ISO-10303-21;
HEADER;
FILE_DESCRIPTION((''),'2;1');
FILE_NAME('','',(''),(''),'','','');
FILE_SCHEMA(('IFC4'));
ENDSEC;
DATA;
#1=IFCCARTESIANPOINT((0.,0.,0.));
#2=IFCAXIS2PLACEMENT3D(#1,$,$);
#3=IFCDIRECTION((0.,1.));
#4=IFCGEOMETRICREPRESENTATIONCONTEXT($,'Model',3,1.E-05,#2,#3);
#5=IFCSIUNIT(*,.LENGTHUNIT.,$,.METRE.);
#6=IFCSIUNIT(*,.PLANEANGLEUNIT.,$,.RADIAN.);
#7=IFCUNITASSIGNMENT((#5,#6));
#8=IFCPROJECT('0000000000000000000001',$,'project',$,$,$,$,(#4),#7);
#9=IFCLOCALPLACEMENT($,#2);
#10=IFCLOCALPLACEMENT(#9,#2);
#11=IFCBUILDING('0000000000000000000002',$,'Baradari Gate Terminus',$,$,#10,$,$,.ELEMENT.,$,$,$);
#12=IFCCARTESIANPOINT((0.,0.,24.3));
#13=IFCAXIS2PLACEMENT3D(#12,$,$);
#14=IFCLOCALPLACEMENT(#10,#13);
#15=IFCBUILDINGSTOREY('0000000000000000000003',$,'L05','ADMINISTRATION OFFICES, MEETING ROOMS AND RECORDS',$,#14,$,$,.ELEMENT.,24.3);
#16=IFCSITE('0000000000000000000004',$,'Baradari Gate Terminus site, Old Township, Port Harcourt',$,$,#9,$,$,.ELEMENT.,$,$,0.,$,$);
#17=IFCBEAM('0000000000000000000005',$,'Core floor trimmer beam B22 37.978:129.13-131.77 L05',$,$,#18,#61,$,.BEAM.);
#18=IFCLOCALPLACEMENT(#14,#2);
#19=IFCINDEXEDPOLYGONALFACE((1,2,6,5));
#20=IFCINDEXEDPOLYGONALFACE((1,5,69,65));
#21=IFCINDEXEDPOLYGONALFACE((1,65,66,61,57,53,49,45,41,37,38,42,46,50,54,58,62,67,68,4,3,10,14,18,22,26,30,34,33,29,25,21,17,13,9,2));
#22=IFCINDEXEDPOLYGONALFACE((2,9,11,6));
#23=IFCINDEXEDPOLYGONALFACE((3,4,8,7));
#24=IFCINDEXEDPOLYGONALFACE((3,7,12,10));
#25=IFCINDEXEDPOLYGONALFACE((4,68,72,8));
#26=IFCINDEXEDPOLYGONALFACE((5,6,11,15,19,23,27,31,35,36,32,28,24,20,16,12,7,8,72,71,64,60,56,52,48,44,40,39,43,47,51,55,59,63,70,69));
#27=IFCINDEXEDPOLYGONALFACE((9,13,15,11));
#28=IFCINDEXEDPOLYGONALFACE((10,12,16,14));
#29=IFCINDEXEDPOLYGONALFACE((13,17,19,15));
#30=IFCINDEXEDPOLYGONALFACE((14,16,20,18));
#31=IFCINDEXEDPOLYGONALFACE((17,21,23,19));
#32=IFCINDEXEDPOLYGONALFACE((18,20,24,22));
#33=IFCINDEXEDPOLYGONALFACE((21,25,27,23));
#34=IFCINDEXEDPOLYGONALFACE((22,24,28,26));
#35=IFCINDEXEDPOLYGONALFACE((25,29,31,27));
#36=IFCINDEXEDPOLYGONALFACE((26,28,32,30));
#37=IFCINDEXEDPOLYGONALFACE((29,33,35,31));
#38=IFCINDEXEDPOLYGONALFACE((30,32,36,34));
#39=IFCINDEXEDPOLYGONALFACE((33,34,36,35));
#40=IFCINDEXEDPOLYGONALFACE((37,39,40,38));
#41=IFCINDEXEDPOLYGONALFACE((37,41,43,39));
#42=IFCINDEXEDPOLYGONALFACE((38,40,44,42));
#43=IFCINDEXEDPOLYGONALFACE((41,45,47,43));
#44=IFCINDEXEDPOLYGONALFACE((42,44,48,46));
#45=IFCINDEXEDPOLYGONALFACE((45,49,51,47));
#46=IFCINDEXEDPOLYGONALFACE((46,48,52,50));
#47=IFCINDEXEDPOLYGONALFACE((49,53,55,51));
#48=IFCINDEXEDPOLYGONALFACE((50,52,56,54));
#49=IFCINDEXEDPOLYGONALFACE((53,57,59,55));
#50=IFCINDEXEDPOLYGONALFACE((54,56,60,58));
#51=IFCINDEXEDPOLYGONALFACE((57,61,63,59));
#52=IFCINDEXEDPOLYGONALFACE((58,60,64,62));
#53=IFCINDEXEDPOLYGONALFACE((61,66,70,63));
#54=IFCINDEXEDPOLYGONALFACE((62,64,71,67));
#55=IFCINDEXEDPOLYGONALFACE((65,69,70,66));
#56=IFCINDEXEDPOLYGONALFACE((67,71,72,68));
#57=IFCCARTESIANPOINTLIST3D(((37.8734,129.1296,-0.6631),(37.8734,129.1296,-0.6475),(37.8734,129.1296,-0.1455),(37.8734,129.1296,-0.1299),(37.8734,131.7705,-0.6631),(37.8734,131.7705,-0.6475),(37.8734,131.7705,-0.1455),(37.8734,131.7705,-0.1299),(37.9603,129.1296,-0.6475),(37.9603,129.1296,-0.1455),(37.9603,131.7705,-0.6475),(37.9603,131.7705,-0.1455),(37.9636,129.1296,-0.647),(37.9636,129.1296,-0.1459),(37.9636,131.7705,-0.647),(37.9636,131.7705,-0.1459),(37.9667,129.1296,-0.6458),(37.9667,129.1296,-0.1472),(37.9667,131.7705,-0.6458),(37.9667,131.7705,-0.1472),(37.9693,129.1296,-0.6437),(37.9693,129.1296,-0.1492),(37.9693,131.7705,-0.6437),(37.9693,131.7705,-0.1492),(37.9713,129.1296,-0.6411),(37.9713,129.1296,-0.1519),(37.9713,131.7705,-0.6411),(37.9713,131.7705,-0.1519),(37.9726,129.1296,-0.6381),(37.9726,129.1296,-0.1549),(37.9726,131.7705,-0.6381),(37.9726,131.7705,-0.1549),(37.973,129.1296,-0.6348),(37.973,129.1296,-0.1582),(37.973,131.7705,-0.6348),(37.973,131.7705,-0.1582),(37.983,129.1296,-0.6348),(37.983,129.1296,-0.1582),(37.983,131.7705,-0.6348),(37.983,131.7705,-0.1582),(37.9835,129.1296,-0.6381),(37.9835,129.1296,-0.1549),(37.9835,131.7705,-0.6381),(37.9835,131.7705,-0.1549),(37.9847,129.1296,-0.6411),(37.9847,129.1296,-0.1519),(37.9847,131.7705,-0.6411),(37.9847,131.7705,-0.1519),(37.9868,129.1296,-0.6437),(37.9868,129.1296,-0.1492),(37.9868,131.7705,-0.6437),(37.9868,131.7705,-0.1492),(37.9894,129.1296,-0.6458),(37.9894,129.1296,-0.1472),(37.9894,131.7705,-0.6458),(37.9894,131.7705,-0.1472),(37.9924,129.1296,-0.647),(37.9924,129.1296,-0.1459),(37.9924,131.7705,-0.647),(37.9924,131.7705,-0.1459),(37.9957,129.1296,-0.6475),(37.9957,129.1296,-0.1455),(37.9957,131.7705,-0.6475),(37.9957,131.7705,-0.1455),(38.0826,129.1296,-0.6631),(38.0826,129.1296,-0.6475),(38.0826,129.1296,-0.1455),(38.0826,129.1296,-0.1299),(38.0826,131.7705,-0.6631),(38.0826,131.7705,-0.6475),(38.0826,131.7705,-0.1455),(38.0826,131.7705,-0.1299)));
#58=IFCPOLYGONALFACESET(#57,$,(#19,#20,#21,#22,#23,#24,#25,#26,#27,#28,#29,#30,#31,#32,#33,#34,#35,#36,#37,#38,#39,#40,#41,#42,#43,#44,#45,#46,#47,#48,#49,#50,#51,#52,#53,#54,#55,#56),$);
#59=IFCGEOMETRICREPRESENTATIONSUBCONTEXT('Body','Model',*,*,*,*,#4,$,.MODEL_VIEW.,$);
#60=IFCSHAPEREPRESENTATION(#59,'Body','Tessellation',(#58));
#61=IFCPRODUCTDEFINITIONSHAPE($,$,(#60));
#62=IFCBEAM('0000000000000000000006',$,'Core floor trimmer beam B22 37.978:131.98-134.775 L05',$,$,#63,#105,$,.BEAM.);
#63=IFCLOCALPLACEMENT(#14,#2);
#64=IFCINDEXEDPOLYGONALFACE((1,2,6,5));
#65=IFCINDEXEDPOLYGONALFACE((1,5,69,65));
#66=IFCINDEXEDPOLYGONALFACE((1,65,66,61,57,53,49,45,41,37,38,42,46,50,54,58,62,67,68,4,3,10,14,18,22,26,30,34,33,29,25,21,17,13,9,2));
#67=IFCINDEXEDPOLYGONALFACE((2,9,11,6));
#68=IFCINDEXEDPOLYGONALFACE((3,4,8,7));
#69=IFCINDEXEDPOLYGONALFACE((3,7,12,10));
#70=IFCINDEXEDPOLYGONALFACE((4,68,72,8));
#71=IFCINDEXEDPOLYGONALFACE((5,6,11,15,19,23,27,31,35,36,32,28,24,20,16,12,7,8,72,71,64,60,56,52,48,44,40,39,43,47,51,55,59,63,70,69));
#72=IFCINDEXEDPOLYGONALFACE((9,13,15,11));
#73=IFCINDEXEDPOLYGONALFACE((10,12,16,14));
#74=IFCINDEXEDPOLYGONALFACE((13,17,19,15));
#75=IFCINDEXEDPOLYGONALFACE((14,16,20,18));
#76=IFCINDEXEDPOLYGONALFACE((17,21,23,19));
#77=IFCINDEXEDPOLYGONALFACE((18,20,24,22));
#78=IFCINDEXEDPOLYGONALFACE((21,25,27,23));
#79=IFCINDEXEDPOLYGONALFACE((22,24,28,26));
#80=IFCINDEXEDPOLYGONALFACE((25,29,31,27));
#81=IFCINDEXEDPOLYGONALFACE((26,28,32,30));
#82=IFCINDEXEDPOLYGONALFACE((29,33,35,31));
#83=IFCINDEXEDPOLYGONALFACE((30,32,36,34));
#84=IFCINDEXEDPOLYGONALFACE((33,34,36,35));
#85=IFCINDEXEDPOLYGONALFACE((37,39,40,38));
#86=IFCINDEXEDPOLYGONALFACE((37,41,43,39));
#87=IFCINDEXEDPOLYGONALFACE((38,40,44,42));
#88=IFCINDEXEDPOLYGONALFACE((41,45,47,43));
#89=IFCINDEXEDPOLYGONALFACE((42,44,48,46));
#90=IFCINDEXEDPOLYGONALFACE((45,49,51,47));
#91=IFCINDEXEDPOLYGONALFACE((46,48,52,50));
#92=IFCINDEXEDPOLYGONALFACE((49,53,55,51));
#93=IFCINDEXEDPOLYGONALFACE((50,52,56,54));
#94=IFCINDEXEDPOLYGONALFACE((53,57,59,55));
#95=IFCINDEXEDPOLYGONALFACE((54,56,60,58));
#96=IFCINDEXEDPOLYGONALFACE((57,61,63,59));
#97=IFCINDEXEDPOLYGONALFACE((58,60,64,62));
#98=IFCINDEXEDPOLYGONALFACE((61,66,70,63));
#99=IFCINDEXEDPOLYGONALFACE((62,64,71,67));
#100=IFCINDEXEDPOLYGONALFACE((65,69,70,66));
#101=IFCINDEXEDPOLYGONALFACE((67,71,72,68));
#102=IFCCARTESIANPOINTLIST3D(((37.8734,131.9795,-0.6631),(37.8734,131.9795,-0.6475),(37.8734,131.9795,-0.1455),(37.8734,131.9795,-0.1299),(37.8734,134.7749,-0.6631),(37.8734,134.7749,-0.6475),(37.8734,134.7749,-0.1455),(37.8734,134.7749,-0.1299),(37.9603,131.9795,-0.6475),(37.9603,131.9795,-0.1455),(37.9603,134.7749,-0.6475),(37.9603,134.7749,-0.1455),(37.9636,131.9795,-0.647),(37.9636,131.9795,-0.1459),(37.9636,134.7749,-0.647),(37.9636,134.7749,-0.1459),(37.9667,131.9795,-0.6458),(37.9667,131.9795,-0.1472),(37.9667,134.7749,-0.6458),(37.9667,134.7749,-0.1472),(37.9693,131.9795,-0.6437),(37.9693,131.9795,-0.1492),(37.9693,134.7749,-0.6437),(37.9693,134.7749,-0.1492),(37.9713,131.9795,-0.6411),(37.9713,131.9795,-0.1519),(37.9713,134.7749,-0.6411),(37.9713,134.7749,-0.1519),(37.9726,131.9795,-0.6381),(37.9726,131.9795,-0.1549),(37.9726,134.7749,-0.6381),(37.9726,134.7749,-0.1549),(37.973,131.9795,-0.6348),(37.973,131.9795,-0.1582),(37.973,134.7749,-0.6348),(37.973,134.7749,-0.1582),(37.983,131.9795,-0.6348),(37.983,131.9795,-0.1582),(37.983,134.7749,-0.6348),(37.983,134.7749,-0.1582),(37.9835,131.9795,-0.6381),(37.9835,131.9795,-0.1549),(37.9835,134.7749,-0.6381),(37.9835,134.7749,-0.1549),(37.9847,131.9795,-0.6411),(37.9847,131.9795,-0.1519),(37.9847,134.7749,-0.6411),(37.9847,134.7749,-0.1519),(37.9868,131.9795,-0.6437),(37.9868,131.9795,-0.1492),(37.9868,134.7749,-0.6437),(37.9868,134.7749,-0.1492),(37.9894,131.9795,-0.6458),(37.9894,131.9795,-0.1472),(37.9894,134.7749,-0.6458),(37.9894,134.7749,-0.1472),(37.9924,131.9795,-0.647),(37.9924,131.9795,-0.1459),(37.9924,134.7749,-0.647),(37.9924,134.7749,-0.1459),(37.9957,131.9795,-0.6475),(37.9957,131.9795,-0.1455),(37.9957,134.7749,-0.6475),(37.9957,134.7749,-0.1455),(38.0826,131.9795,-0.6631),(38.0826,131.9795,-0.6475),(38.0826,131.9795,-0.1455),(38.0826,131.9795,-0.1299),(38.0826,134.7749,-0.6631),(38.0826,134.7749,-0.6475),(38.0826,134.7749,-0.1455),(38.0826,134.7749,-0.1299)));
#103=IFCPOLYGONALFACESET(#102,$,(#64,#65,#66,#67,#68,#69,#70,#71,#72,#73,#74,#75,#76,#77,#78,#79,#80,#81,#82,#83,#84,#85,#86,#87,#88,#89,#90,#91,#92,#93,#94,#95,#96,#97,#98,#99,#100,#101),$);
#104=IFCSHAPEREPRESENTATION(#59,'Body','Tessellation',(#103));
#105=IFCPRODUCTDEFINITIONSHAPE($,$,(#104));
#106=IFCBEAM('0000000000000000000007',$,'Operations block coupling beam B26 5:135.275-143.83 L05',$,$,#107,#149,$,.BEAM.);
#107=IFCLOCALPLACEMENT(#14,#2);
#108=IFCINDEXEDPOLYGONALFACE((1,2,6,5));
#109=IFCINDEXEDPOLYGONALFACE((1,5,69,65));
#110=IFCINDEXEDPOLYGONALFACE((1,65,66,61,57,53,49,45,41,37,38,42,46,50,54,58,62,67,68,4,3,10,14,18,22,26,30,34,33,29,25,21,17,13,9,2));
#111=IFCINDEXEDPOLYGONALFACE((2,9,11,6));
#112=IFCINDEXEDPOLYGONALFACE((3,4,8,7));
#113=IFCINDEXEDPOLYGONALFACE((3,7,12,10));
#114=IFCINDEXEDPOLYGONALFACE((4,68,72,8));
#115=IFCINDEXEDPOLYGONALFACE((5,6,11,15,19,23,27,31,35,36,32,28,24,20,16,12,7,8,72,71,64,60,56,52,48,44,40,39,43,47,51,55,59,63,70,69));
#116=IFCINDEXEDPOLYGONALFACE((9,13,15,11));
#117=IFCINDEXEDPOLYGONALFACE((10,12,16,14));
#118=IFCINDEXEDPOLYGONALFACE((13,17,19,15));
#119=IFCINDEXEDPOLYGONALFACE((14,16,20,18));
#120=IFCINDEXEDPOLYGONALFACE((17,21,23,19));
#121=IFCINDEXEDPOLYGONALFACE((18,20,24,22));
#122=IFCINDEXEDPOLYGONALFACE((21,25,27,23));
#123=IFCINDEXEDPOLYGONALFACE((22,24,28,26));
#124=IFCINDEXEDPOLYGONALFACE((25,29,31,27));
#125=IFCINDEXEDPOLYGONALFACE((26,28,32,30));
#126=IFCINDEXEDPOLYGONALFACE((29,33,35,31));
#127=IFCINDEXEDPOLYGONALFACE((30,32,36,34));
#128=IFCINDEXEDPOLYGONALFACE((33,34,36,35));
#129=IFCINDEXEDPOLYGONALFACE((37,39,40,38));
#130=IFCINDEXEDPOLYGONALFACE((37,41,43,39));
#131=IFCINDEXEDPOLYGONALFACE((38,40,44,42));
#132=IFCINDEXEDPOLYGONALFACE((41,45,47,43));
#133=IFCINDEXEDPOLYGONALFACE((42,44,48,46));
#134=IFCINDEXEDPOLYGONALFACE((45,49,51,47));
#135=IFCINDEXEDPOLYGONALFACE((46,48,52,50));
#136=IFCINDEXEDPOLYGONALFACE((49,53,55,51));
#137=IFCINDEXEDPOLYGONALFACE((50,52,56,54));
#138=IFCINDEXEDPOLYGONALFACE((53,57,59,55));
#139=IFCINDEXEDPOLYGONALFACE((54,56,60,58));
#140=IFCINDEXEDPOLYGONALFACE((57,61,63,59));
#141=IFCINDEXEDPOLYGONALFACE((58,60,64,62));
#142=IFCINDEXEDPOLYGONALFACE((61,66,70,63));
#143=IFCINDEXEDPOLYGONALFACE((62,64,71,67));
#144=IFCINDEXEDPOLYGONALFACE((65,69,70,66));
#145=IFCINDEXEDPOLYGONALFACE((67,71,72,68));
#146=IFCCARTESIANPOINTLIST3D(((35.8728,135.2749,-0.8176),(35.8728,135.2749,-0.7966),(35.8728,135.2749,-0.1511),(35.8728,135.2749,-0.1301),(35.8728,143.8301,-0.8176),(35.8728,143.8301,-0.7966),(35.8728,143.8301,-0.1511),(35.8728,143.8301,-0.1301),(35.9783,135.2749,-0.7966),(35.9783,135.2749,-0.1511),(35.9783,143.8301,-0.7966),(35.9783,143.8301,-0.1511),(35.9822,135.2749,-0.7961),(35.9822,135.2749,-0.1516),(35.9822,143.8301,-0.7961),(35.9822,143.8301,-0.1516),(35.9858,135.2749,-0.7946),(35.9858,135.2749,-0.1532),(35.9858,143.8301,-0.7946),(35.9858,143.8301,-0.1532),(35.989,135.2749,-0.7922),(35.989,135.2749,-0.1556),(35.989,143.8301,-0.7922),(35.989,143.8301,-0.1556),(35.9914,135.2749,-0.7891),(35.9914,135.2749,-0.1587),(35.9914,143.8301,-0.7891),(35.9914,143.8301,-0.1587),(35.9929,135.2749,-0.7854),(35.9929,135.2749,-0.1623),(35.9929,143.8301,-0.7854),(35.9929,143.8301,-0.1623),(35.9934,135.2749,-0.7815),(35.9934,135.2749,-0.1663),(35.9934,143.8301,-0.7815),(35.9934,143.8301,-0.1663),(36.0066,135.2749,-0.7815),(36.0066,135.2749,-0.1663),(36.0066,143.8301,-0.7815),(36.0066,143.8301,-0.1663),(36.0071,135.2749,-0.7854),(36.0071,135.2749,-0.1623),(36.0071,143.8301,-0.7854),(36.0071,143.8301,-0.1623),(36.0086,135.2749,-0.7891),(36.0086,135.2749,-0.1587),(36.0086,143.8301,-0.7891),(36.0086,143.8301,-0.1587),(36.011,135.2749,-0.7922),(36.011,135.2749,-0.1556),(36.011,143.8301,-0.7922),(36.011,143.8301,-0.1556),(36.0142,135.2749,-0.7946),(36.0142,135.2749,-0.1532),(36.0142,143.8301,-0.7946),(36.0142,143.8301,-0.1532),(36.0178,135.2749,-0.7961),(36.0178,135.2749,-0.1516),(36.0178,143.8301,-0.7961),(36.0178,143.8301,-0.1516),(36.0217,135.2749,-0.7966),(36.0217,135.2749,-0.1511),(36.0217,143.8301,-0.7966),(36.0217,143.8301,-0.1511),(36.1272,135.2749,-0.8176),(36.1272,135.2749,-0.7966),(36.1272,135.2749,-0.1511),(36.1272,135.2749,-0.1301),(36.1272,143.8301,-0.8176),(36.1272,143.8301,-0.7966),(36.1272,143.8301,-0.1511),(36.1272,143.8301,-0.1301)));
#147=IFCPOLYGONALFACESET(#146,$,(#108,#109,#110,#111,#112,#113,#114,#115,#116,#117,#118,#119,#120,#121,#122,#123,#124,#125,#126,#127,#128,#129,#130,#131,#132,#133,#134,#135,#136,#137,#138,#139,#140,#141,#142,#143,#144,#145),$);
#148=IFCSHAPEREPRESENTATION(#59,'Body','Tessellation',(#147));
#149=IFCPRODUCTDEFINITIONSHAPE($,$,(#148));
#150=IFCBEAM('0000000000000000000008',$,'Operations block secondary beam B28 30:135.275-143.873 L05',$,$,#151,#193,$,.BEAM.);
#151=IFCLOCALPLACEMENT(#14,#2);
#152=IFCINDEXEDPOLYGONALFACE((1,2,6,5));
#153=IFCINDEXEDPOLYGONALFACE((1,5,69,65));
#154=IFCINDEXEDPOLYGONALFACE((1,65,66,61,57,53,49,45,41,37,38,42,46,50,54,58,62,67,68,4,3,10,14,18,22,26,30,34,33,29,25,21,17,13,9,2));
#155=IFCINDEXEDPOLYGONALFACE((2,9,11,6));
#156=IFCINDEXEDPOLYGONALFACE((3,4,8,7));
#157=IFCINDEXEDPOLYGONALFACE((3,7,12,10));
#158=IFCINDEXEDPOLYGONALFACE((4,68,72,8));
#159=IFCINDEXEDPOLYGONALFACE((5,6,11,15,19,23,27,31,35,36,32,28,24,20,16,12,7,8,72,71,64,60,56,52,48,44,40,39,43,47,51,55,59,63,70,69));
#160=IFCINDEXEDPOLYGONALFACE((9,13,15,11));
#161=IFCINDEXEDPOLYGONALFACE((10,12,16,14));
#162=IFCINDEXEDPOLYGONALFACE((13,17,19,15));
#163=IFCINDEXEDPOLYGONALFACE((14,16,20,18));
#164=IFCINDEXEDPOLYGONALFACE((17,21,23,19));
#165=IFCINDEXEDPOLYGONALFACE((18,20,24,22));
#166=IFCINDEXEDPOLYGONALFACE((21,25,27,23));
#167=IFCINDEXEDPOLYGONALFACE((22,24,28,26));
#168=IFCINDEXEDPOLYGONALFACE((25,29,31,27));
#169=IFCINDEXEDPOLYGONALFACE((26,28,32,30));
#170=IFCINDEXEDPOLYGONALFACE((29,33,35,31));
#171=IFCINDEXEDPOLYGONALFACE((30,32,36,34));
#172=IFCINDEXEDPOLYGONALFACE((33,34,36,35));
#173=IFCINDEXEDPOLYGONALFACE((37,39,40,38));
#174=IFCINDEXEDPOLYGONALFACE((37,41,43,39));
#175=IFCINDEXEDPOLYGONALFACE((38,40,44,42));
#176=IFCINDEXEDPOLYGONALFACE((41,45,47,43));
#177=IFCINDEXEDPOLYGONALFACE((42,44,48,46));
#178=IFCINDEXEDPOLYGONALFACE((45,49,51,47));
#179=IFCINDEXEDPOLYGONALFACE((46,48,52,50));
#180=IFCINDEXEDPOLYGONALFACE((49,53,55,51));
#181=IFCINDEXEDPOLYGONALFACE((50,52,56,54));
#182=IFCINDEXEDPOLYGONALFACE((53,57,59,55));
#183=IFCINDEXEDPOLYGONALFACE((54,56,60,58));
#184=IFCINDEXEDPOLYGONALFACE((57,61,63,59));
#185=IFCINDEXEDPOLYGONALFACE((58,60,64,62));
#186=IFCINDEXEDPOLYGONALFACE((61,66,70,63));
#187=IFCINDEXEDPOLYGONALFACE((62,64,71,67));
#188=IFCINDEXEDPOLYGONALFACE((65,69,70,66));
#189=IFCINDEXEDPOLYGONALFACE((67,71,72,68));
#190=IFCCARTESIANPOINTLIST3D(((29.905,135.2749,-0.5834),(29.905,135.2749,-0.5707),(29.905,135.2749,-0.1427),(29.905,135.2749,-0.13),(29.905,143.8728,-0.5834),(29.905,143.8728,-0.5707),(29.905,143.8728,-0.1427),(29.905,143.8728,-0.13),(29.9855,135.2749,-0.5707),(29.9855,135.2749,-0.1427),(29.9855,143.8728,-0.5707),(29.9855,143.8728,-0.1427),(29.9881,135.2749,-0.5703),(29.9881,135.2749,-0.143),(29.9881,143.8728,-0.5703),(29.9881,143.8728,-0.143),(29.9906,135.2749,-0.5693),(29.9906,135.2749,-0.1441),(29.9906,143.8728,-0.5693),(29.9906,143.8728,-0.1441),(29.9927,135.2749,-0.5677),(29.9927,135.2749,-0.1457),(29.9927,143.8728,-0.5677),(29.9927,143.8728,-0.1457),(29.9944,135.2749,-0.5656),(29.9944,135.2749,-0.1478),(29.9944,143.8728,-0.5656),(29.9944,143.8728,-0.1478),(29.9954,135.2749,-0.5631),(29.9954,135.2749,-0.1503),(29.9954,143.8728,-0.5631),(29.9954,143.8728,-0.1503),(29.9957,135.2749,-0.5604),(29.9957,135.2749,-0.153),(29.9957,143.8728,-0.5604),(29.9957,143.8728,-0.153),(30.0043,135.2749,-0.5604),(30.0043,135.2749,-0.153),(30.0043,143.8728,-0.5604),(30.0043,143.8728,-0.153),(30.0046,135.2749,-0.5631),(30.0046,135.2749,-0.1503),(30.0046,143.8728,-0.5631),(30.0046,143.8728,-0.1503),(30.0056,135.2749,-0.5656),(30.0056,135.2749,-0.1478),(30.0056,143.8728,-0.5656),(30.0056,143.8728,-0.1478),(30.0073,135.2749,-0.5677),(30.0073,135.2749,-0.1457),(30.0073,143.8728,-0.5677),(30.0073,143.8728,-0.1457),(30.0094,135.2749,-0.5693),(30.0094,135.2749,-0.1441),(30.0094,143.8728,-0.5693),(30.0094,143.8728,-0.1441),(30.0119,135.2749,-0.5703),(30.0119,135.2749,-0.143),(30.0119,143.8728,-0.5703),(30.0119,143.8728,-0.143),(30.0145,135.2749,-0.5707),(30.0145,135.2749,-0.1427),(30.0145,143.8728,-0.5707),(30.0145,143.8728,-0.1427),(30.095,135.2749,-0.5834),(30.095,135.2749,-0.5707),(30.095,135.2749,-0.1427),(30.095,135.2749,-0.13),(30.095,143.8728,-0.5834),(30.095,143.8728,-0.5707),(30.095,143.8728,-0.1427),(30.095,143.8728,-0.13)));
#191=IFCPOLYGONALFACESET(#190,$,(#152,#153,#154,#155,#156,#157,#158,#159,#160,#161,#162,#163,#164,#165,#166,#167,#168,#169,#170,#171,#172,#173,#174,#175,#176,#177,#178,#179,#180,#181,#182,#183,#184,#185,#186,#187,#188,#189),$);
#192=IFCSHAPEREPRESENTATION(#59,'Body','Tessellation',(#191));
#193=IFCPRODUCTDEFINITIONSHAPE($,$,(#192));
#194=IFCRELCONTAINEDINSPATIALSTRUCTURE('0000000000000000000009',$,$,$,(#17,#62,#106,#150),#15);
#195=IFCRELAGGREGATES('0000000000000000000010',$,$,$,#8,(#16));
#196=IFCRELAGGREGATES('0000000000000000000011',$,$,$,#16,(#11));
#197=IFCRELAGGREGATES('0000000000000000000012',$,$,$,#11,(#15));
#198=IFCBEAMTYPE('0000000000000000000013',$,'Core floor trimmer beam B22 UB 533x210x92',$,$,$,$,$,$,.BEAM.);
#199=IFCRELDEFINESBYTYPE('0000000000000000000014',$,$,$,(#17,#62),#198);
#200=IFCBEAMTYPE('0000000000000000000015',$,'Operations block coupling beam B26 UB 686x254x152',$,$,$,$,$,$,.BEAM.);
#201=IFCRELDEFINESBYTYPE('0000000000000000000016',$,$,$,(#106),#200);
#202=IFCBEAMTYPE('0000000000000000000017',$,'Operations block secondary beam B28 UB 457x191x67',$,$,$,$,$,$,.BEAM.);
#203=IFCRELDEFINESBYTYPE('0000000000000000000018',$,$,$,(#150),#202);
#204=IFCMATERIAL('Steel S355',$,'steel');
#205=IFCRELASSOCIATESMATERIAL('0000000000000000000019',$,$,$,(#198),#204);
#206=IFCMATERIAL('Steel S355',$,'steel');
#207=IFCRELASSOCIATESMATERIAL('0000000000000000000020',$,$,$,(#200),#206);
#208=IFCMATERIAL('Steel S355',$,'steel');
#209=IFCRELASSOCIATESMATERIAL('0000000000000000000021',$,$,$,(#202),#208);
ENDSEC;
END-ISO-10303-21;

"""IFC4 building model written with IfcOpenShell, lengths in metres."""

from ifc_helpers import new_model, si_unit, direction, frame, origin, origin_2d, place, context, subcontext, project, spatial, i_section, extrude, material, material_profile, profile_set, type_object, element, save


model = new_model("IFC4")

# Units and contexts
model_context = context("Model", 3, precision=1e-05, world=origin(), true_north=direction((0.0, 1.0)))
body_context = subcontext(model_context, "Body", "Model", "MODEL_VIEW")
ifc_project = project(units=[si_unit("LENGTHUNIT", "METRE"), si_unit("PLANEANGLEUNIT", "RADIAN")], contexts=[model_context])

# Site, building, storey
site_placement = place(None, origin())
site = spatial("IfcSite", under=ifc_project, at=site_placement, Name="Baradari Gate Terminus site, Old Township, Port Harcourt", CompositionType="ELEMENT", RefElevation=0.0)
building_placement = place(site_placement, origin())
building = spatial("IfcBuilding", under=site, at=building_placement, Name="Baradari Gate Terminus", CompositionType="ELEMENT")
storey_placement = place(building_placement, frame((0.0, 0.0, 24.3)))
storey = spatial("IfcBuildingStorey", under=building, at=storey_placement, Name="L05", Description="ADMINISTRATION OFFICES, MEETING ROOMS AND RECORDS", CompositionType="ELEMENT", Elevation=24.3)

# Beams
ifc_material_1 = material(Name="Steel S355", Category="steel")
ifc_material_profile_1 = material_profile(ifc_material_1, i_section(OverallWidth=0.2092, OverallDepth=0.5332, WebThickness=0.01, FlangeThickness=0.0156, FilletRadius=0.0127, at=origin_2d()), Name="UB 533x210x92")
ifc_profile_set_1 = profile_set([ifc_material_profile_1], Name="Steel S355")
beam_type_1 = type_object("IfcBeamType", Name="Core floor trimmer beam B22 UB 533x210x92", PredefinedType="BEAM", material=ifc_profile_set_1)
beam_1_placement = place(storey_placement, frame((37.978, 129.1296, -0.3965), z_axis=(0.0, 1.0, 0.0), x_axis=(-1.0, 0.0, 0.0)))
element("IfcBeam", 1, at=beam_1_placement, inside=storey, type_object=beam_type_1, Name="Core floor trimmer beam B22 37.978:129.13-131.77 L05", PredefinedType="BEAM", context=body_context, shape_type="SweptSolid", body=[
    extrude(i_section(OverallWidth=0.2092, OverallDepth=0.5332, WebThickness=0.01, FlangeThickness=0.0156, FilletRadius=0.0127, at=origin_2d()), origin(), (0.0, 0.0, 1.0), 2.6409),
])
beam_2_placement = place(storey_placement, frame((37.978, 131.9795, -0.3965), z_axis=(0.0, 1.0, 0.0), x_axis=(-1.0, 0.0, 0.0)))
element("IfcBeam", 2, at=beam_2_placement, inside=storey, type_object=beam_type_1, Name="Core floor trimmer beam B22 37.978:131.98-134.775 L05", PredefinedType="BEAM", context=body_context, shape_type="SweptSolid", body=[
    extrude(i_section(OverallWidth=0.2092, OverallDepth=0.5332, WebThickness=0.01, FlangeThickness=0.0156, FilletRadius=0.0127, at=origin_2d()), origin(), (0.0, 0.0, 1.0), 2.7954),
])
ifc_material_2 = material(Name="Steel S355", Category="steel")
ifc_material_profile_2 = material_profile(ifc_material_2, i_section(OverallWidth=0.2544, OverallDepth=0.6875, WebThickness=0.0132, FlangeThickness=0.021, FilletRadius=0.0151, at=origin_2d()), Name="UB 686x254x152")
ifc_profile_set_2 = profile_set([ifc_material_profile_2], Name="Steel S355")
beam_type_2 = type_object("IfcBeamType", Name="Operations block coupling beam B26 UB 686x254x152", PredefinedType="BEAM", material=ifc_profile_set_2)
beam_3_placement = place(storey_placement, frame((36.0, 135.2749, -0.4739), z_axis=(0.0, 1.0, 0.0), x_axis=(-1.0, 0.0, 0.0)))
element("IfcBeam", 3, at=beam_3_placement, inside=storey, type_object=beam_type_2, Name="Operations block coupling beam B26 5:135.275-143.83 L05", PredefinedType="BEAM", context=body_context, shape_type="SweptSolid", body=[
    extrude(i_section(OverallWidth=0.2544, OverallDepth=0.6875, WebThickness=0.0132, FlangeThickness=0.021, FilletRadius=0.0151, at=origin_2d()), origin(), (0.0, 0.0, 1.0), 8.5552),
])
ifc_material_3 = material(Name="Steel S355", Category="steel")
ifc_material_profile_3 = material_profile(ifc_material_3, i_section(OverallWidth=0.1899, OverallDepth=0.4534, WebThickness=0.0085, FlangeThickness=0.0127, FilletRadius=0.0103, at=origin_2d()), Name="UB 457x191x67")
ifc_profile_set_3 = profile_set([ifc_material_profile_3], Name="Steel S355")
beam_type_3 = type_object("IfcBeamType", Name="Operations block secondary beam B28 UB 457x191x67", PredefinedType="BEAM", material=ifc_profile_set_3)
for number, where, z_axis, x_axis, name in (
    (4, (30.0, 135.2749, -0.3567), (0.0, 1.0, 0.0), (-1.0, 0.0, 0.0), "Operations block secondary beam B28 30:135.275-143.873 L05"),
):
    element("IfcBeam", number, at=place(storey_placement, frame(where, z_axis=z_axis, x_axis=x_axis)), inside=storey, type_object=beam_type_3, Name=name, PredefinedType="BEAM", context=body_context, shape_type="SweptSolid", body=[
        extrude(i_section(OverallWidth=0.1899, OverallDepth=0.4534, WebThickness=0.0085, FlangeThickness=0.0127, FilletRadius=0.0103, at=origin_2d()), origin(), (0.0, 0.0, 1.0), 8.5979),
    ])

save(model, "model.ifc")
